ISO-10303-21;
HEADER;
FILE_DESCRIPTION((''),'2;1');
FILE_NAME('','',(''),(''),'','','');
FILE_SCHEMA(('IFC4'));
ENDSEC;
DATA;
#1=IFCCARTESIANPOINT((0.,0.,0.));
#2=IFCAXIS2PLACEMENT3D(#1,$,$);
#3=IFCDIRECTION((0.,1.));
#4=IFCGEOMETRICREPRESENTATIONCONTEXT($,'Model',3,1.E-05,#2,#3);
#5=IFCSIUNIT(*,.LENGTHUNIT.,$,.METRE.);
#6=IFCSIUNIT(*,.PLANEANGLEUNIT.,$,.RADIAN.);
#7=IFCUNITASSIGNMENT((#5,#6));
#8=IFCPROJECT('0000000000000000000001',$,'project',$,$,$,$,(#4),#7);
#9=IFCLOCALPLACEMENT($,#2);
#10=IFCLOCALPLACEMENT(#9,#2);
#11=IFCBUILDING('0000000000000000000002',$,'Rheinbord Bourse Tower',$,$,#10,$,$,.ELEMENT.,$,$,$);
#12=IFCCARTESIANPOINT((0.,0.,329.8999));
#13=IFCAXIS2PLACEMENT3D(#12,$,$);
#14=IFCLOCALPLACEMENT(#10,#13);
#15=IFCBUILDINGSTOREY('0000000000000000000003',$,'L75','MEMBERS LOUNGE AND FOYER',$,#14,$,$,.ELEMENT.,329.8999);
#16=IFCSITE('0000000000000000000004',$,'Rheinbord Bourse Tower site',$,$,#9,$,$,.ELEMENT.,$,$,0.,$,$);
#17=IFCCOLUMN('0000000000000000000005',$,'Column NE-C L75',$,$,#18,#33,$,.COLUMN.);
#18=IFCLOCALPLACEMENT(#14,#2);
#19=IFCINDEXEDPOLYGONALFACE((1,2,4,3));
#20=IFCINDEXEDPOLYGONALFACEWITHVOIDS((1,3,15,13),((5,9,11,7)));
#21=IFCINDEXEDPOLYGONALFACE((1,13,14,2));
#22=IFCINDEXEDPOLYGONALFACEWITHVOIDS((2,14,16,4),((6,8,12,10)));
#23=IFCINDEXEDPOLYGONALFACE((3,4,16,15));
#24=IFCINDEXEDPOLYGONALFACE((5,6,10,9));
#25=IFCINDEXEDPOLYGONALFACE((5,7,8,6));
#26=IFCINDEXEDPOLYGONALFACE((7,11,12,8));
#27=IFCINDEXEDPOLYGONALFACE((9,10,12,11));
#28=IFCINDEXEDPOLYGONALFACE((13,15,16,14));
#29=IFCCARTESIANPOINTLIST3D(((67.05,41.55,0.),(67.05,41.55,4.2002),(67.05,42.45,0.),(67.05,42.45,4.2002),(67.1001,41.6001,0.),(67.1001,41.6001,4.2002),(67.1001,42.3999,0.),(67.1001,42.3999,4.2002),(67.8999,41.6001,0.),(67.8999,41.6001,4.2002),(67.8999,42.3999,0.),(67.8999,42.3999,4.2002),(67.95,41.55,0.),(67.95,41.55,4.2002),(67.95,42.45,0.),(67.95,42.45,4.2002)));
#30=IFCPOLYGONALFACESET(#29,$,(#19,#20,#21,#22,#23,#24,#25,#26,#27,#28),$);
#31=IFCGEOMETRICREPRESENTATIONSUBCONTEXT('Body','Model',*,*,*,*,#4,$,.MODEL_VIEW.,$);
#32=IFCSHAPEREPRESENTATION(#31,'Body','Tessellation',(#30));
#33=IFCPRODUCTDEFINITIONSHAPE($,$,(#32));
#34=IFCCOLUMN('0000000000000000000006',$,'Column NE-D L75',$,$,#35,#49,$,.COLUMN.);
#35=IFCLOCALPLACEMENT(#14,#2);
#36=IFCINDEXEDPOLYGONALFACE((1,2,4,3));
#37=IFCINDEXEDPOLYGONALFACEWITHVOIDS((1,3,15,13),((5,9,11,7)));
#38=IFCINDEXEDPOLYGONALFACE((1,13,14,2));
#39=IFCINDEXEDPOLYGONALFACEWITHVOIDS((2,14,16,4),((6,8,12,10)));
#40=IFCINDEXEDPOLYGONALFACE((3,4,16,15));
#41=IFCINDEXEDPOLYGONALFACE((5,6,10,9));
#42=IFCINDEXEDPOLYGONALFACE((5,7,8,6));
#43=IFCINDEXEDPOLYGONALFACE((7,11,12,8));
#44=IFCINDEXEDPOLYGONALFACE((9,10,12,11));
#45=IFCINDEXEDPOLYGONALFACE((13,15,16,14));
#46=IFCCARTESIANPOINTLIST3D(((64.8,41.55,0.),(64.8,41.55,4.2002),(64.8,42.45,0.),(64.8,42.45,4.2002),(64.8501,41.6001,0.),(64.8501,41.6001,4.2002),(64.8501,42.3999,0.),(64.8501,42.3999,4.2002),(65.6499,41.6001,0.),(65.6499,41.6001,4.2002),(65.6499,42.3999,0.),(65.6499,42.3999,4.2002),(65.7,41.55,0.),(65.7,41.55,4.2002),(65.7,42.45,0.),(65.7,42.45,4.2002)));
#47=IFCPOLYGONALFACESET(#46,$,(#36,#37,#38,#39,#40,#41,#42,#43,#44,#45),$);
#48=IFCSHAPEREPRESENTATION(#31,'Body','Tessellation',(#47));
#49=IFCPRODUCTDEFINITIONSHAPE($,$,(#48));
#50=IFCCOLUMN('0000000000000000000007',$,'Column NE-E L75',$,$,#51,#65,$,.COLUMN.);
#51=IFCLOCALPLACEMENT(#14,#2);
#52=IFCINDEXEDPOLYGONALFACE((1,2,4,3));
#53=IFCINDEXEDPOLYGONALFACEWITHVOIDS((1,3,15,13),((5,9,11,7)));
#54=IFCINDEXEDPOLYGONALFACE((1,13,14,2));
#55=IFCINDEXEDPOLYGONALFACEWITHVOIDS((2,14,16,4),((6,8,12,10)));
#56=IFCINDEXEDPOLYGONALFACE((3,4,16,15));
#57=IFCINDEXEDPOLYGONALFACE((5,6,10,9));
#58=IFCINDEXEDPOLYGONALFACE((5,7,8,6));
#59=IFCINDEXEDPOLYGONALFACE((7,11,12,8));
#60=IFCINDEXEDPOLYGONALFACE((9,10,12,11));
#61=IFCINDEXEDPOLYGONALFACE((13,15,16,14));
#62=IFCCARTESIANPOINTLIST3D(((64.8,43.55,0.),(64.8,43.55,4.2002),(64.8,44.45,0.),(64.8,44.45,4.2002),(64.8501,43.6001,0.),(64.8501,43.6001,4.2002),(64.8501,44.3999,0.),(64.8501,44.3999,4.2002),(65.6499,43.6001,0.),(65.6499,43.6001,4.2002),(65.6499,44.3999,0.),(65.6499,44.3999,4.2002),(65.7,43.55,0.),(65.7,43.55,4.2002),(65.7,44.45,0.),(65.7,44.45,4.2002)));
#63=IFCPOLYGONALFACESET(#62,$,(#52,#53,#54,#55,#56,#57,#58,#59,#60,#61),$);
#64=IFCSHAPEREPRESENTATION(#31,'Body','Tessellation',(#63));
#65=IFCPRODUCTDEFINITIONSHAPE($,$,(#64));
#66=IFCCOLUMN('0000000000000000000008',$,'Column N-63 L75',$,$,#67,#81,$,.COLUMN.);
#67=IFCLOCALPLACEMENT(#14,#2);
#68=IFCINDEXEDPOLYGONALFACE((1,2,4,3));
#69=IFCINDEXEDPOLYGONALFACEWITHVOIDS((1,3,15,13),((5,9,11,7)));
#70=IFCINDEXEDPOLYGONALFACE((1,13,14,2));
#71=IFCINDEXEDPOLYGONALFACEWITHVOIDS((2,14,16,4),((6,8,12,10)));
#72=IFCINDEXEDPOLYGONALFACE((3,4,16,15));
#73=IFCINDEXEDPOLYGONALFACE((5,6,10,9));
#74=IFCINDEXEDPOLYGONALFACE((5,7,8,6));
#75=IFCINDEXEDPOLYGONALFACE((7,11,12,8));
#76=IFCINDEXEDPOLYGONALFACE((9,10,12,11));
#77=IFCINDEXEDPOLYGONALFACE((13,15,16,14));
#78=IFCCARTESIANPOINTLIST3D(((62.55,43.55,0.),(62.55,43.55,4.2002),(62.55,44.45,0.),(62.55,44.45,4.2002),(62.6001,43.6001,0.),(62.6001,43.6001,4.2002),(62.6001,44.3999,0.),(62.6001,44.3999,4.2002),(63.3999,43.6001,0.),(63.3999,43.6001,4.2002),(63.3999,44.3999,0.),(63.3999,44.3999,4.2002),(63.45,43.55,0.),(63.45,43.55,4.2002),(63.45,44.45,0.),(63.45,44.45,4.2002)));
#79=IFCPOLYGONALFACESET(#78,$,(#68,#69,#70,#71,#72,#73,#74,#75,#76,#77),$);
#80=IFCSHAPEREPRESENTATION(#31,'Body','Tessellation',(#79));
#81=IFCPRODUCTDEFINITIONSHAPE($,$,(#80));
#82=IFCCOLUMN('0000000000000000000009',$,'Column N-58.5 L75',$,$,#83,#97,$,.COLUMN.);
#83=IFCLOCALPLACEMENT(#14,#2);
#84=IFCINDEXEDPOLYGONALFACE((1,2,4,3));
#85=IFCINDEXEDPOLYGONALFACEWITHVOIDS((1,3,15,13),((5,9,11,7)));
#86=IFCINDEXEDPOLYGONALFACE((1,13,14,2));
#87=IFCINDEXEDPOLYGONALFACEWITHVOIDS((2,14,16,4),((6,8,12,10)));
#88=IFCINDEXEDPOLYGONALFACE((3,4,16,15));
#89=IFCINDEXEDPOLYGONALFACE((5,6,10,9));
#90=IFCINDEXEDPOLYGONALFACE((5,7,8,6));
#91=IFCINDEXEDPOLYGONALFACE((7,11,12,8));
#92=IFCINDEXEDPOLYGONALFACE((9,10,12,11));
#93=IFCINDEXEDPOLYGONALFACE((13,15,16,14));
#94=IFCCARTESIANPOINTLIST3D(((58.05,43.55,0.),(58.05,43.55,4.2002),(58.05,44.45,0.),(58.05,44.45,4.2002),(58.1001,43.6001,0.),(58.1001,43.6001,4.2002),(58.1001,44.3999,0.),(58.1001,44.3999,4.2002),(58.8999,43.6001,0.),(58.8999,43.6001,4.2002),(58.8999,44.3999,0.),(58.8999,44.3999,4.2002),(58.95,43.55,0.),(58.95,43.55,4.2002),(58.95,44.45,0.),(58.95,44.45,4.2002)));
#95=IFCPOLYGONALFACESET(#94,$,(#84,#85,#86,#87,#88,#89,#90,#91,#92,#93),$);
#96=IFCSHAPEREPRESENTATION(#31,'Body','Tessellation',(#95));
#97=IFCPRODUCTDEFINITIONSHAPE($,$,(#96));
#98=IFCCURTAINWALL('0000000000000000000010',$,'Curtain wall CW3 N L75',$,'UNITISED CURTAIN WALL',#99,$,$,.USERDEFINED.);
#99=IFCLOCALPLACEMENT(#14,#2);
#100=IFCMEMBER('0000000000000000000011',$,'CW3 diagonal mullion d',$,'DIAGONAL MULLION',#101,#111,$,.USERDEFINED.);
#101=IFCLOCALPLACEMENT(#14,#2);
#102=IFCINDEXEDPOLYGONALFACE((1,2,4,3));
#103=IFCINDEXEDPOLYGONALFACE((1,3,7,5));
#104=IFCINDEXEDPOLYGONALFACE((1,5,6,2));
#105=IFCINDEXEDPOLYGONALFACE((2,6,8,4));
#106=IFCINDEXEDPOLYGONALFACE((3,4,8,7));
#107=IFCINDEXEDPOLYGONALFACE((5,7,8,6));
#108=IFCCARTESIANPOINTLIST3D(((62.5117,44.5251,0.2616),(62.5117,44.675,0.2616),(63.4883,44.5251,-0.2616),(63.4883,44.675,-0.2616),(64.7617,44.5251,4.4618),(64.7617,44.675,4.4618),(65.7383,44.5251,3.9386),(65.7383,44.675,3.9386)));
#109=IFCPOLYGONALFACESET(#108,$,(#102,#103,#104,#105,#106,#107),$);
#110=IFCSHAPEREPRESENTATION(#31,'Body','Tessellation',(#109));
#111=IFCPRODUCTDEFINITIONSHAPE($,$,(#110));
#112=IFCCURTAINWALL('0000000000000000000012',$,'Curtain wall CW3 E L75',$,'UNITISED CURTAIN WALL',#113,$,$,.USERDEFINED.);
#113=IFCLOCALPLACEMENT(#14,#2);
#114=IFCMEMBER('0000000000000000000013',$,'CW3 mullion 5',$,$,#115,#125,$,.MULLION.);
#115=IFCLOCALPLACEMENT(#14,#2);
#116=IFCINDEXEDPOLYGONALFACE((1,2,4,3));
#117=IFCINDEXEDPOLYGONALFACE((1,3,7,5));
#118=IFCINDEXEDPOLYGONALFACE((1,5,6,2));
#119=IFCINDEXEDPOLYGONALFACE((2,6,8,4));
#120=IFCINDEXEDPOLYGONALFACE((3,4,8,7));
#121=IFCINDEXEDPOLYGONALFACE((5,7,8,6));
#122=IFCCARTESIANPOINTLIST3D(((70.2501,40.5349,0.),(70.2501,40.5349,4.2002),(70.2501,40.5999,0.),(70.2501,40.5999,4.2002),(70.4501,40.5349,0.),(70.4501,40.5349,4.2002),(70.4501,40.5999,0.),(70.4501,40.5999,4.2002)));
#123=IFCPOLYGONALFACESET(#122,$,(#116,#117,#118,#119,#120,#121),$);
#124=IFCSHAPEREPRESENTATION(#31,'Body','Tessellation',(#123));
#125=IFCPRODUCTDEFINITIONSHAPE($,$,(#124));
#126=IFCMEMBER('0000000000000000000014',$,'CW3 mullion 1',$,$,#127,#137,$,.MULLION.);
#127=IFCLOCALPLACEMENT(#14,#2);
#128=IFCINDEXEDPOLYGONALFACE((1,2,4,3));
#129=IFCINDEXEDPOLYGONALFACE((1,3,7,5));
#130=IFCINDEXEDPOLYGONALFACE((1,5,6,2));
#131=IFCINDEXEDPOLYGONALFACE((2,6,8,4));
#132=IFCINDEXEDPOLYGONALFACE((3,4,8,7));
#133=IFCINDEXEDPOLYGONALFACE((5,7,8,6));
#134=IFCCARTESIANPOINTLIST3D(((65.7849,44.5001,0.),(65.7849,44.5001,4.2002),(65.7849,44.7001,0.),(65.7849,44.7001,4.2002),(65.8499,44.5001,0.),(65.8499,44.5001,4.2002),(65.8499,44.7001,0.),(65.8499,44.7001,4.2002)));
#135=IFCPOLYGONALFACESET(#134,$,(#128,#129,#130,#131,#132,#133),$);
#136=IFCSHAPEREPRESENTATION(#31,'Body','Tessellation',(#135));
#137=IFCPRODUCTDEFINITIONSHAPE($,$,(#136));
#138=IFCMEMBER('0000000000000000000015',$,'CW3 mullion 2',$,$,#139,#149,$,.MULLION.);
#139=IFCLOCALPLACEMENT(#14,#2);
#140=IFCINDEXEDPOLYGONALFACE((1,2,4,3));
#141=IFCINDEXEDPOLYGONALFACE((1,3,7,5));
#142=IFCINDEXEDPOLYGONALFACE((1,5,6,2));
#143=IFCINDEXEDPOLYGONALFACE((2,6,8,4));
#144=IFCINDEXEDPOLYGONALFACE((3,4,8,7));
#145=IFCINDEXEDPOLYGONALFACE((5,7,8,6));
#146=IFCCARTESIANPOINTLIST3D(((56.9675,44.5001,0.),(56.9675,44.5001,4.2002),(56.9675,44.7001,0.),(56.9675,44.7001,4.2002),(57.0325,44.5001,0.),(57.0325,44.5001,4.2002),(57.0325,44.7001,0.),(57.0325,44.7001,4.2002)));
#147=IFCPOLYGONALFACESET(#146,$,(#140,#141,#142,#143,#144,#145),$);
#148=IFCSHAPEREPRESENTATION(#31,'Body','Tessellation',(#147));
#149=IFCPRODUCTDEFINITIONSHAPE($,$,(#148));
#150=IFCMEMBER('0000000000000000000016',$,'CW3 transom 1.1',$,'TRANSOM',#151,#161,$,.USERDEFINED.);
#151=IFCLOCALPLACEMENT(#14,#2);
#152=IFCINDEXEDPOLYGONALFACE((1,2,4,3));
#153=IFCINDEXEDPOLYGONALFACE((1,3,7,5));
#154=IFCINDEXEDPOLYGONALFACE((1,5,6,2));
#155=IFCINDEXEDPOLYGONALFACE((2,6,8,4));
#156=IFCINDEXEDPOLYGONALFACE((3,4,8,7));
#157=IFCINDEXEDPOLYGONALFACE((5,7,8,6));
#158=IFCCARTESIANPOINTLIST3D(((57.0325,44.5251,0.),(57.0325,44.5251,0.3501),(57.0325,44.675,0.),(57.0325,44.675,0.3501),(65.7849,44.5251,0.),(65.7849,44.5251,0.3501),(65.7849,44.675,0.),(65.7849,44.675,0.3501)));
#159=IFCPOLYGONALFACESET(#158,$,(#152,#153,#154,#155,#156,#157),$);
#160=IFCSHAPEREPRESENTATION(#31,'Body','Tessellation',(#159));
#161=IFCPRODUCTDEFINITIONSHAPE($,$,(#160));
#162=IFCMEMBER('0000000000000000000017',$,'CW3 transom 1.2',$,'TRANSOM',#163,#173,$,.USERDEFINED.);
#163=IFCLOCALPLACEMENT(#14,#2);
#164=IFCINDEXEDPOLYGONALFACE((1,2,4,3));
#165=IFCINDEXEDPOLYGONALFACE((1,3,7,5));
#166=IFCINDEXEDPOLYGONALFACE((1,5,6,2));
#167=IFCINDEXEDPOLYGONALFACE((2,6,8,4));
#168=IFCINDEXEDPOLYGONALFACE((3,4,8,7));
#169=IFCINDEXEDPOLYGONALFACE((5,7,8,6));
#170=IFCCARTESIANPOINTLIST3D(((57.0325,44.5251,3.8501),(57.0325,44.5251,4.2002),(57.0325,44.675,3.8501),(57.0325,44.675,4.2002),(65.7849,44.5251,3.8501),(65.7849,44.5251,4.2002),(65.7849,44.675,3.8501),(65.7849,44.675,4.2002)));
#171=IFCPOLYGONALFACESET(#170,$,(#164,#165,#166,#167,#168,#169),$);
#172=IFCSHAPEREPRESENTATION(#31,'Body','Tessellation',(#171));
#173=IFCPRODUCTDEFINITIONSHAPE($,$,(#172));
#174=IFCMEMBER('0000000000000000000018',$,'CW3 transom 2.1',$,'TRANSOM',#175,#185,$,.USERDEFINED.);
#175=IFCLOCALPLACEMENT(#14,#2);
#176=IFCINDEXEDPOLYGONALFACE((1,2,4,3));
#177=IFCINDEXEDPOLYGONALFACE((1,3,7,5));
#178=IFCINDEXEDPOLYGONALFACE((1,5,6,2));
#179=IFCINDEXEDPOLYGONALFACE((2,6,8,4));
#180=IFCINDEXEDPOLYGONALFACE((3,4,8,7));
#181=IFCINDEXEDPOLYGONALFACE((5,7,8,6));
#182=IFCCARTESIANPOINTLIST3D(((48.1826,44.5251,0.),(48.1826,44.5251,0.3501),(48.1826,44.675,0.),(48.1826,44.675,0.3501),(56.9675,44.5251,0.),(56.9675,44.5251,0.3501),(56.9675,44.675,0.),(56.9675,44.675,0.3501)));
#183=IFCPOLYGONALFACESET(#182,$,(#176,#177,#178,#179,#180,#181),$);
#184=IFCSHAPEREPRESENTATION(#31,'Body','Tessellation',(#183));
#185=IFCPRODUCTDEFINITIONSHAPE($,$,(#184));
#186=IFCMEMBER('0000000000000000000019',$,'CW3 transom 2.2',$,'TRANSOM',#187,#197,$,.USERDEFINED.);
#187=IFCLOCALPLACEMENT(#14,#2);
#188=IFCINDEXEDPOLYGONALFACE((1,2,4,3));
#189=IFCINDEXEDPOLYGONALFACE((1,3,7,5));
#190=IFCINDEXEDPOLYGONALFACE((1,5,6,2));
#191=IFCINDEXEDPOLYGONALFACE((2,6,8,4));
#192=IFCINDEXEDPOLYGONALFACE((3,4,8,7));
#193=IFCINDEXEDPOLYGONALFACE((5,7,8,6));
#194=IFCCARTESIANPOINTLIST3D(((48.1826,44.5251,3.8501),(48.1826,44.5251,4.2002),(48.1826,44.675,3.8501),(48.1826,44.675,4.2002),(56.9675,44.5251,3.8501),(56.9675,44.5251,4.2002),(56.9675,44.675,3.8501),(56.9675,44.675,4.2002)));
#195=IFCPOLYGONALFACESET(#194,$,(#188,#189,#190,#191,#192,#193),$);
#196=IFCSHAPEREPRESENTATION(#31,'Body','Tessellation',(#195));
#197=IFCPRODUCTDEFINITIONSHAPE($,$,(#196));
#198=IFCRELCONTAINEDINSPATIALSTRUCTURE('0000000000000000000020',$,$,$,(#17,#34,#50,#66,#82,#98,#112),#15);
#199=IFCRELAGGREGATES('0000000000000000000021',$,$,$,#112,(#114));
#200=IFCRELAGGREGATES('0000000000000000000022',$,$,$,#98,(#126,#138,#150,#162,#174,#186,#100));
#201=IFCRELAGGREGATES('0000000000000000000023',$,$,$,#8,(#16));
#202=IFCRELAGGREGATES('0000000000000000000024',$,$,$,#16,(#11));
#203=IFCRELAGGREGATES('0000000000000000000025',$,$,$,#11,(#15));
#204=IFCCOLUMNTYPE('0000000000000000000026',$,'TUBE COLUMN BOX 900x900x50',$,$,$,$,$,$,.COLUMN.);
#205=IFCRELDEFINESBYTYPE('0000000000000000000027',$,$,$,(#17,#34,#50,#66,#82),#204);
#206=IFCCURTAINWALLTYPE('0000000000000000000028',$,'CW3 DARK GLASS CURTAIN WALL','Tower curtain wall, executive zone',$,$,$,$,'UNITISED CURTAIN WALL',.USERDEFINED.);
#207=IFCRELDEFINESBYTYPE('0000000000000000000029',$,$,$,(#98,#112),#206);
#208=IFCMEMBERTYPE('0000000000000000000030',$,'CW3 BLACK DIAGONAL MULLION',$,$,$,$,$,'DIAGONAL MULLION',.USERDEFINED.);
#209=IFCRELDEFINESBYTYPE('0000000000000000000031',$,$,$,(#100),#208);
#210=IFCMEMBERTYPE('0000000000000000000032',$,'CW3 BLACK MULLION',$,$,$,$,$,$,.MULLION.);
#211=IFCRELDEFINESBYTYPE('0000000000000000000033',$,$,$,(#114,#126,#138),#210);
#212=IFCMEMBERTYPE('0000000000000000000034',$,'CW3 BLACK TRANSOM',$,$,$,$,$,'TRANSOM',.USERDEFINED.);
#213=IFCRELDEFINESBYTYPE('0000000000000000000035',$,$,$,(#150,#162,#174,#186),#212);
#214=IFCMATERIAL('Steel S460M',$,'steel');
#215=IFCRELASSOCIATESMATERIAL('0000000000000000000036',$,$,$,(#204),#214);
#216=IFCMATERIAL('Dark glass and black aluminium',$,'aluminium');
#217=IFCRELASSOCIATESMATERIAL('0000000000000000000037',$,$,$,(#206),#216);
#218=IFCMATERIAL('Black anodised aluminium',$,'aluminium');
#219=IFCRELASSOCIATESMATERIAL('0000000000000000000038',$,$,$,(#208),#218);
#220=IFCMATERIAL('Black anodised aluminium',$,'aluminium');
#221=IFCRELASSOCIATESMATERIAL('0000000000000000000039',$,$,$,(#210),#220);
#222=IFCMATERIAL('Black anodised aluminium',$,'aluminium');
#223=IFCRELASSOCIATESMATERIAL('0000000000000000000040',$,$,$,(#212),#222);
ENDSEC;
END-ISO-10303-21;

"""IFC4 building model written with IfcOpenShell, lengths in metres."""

from ifc_helpers import new_model, si_unit, direction, frame, origin, origin_2d, place, context, subcontext, project, spatial, rectangle, hollow_rectangle, extrude, material, material_profile, profile_set, type_object, element, aggregate, save


model = new_model("IFC4")

# Units and contexts
model_context = context("Model", 3, precision=1e-05, world=origin(), true_north=direction((0.0, 1.0)))
body_context = subcontext(model_context, "Body", "Model", "MODEL_VIEW")
ifc_project = project(units=[si_unit("LENGTHUNIT", "METRE"), si_unit("PLANEANGLEUNIT", "RADIAN")], contexts=[model_context])

# Site, building, storey
site_placement = place(None, origin())
site = spatial("IfcSite", under=ifc_project, at=site_placement, Name="Rheinbord Bourse Tower site", CompositionType="ELEMENT", RefElevation=0.0)
building_placement = place(site_placement, origin())
building = spatial("IfcBuilding", under=site, at=building_placement, Name="Rheinbord Bourse Tower", CompositionType="ELEMENT")
storey_placement = place(building_placement, frame((0.0, 0.0, 329.8999)))
storey = spatial("IfcBuildingStorey", under=building, at=storey_placement, Name="L75", Description="MEMBERS LOUNGE AND FOYER", CompositionType="ELEMENT", Elevation=329.8999)

# Columns
ifc_material_1 = material(Name="Steel S460M", Category="steel")
ifc_material_profile_1 = material_profile(ifc_material_1, hollow_rectangle(XDim=0.8999, YDim=0.8999, WallThickness=0.05, at=origin_2d()), Name="BOX 900x900x50")
ifc_profile_set_1 = profile_set([ifc_material_profile_1], Name="Steel S460M")
column_type = type_object("IfcColumnType", Name="TUBE COLUMN BOX 900x900x50", PredefinedType="COLUMN", material=ifc_profile_set_1)
for number, where, z_axis, x_axis, name in (
    (1, (67.5, 42.0, 0.0), (0.0, 0.0, 1.0), (1.0, 0.0, 0.0), "Column NE-C L75"),
    (2, (65.25, 42.0, 0.0), (0.0, 0.0, 1.0), (0.0, 1.0, 0.0), "Column NE-D L75"),
    (3, (65.25, 44.0, 0.0), (0.0, 0.0, 1.0), (0.0, 1.0, 0.0), "Column NE-E L75"),
    (4, (63.0, 44.0, 0.0), (0.0, 0.0, 1.0), (0.0, 1.0, 0.0), "Column N-63 L75"),
    (5, (58.5, 44.0, 0.0), (0.0, 0.0, 1.0), (0.0, 1.0, 0.0), "Column N-58.5 L75"),
):
    element("IfcColumn", number, at=place(storey_placement, frame(where, z_axis=z_axis, x_axis=x_axis)), inside=storey, type_object=column_type, Name=name, PredefinedType="COLUMN", context=body_context, shape_type="SweptSolid", body=[
        extrude(hollow_rectangle(XDim=0.8999, YDim=0.8999, WallThickness=0.05, at=origin_2d()), origin(), (0.0, 0.0, 1.0), 4.2002),
    ])

# Curtain walls, members
ifc_material_2 = material(Name="Dark glass and black aluminium", Category="aluminium")
curtain_wall_type = type_object("IfcCurtainWallType", Name="CW3 DARK GLASS CURTAIN WALL", Description="Tower curtain wall, executive zone", ElementType="UNITISED CURTAIN WALL", PredefinedType="USERDEFINED", material=ifc_material_2)
curtain_wall_1_placement = place(storey_placement, origin())
curtain_wall_1 = element("IfcCurtainWall", 6, at=curtain_wall_1_placement, inside=storey, type_object=curtain_wall_type, Name="Curtain wall CW3 N L75", ObjectType="UNITISED CURTAIN WALL", PredefinedType="USERDEFINED")
ifc_material_3 = material(Name="Black anodised aluminium", Category="aluminium")
ifc_material_profile_2 = material_profile(ifc_material_3, rectangle(XDim=0.1499, YDim=1.1079, at=origin_2d()), Name="CW3 DIAGONAL MULLION 1108x150")
ifc_profile_set_2 = profile_set([ifc_material_profile_2], Name="Black anodised aluminium")
member_type_1 = type_object("IfcMemberType", Name="CW3 BLACK DIAGONAL MULLION", ElementType="DIAGONAL MULLION", PredefinedType="USERDEFINED", material=ifc_profile_set_2)
member_1_placement = place(storey_placement, frame((63.0, 44.6001, 0.0), z_axis=(0.472204, 0.0, 0.881489), x_axis=(0.0, 1.0, 0.0)))
member_1 = element("IfcMember", 7, at=member_1_placement, type_object=member_type_1, Name="CW3 diagonal mullion d", ObjectType="DIAGONAL MULLION", PredefinedType="USERDEFINED", context=body_context, shape_type="SweptSolid", body=[
    extrude(rectangle(XDim=0.1499, YDim=1.1079, at=origin_2d()), origin(), (0.0, 0.0, 1.0), 4.7649),
])
curtain_wall_2_placement = place(storey_placement, origin())
curtain_wall_2 = element("IfcCurtainWall", 8, at=curtain_wall_2_placement, inside=storey, type_object=curtain_wall_type, Name="Curtain wall CW3 E L75", ObjectType="UNITISED CURTAIN WALL", PredefinedType="USERDEFINED")
ifc_material_4 = material(Name="Black anodised aluminium", Category="aluminium")
ifc_material_profile_3 = material_profile(ifc_material_4, rectangle(XDim=0.2, YDim=0.0649, at=origin_2d()), Name="CW3 MULLION 65x200")
ifc_profile_set_3 = profile_set([ifc_material_profile_3], Name="Black anodised aluminium")
member_type_2 = type_object("IfcMemberType", Name="CW3 BLACK MULLION", PredefinedType="MULLION", material=ifc_profile_set_3)
member_2_placement = place(storey_placement, frame((70.3501, 40.5674, 0.0), z_axis=(0.0, 0.0, 1.0), x_axis=(-1.0, 0.0, 0.0)))
member_2 = element("IfcMember", 9, at=member_2_placement, type_object=member_type_2, Name="CW3 mullion 5", PredefinedType="MULLION", context=body_context, shape_type="SweptSolid", body=[
    extrude(rectangle(XDim=0.2, YDim=0.0649, at=origin_2d()), origin(), (0.0, 0.0, 1.0), 4.2002),
])

# Members
member_3_placement = place(storey_placement, frame((65.8174, 44.6001, 0.0), z_axis=(0.0, 0.0, 1.0), x_axis=(0.0, -1.0, 0.0)))
member_3 = element("IfcMember", 10, at=member_3_placement, type_object=member_type_2, Name="CW3 mullion 1", PredefinedType="MULLION", context=body_context, shape_type="SweptSolid", body=[
    extrude(rectangle(XDim=0.2, YDim=0.0649, at=origin_2d()), origin(), (0.0, 0.0, 1.0), 4.2002),
])
member_4_placement = place(storey_placement, frame((57.0, 44.6001, 0.0), z_axis=(0.0, 0.0, 1.0), x_axis=(0.0, -1.0, 0.0)))
member_4 = element("IfcMember", 11, at=member_4_placement, type_object=member_type_2, Name="CW3 mullion 2", PredefinedType="MULLION", context=body_context, shape_type="SweptSolid", body=[
    extrude(rectangle(XDim=0.2, YDim=0.0649, at=origin_2d()), origin(), (0.0, 0.0, 1.0), 4.2002),
])
ifc_material_5 = material(Name="Black anodised aluminium", Category="aluminium")
ifc_material_profile_4 = material_profile(ifc_material_5, rectangle(XDim=0.1499, YDim=0.3501, at=origin_2d()), Name="CW3 TRANSOM 350x150")
ifc_profile_set_4 = profile_set([ifc_material_profile_4], Name="Black anodised aluminium")
member_type_3 = type_object("IfcMemberType", Name="CW3 BLACK TRANSOM", ElementType="TRANSOM", PredefinedType="USERDEFINED", material=ifc_profile_set_4)
member_5_placement = place(storey_placement, frame((65.7849, 44.6001, 0.175), z_axis=(-1.0, 0.0, 0.0), x_axis=(0.0, -1.0, 0.0)))
member_5 = element("IfcMember", 12, at=member_5_placement, type_object=member_type_3, Name="CW3 transom 1.1", ObjectType="TRANSOM", PredefinedType="USERDEFINED", context=body_context, shape_type="SweptSolid", body=[
    extrude(rectangle(XDim=0.1499, YDim=0.3501, at=origin_2d()), origin(), (0.0, 0.0, 1.0), 8.7524),
])
member_6_placement = place(storey_placement, frame((65.7849, 44.6001, 4.0251), z_axis=(-1.0, 0.0, 0.0), x_axis=(0.0, -1.0, 0.0)))
member_6 = element("IfcMember", 13, at=member_6_placement, type_object=member_type_3, Name="CW3 transom 1.2", ObjectType="TRANSOM", PredefinedType="USERDEFINED", context=body_context, shape_type="SweptSolid", body=[
    extrude(rectangle(XDim=0.1499, YDim=0.3501, at=origin_2d()), origin(), (0.0, 0.0, 1.0), 8.7524),
])
member_7_placement = place(storey_placement, frame((56.9675, 44.6001, 0.175), z_axis=(-1.0, 0.0, 0.0), x_axis=(0.0, -1.0, 0.0)))
member_7 = element("IfcMember", 14, at=member_7_placement, type_object=member_type_3, Name="CW3 transom 2.1", ObjectType="TRANSOM", PredefinedType="USERDEFINED", context=body_context, shape_type="SweptSolid", body=[
    extrude(rectangle(XDim=0.1499, YDim=0.3501, at=origin_2d()), origin(), (0.0, 0.0, 1.0), 8.7849),
])
member_8_placement = place(storey_placement, frame((56.9675, 44.6001, 4.0251), z_axis=(-1.0, 0.0, 0.0), x_axis=(0.0, -1.0, 0.0)))
member_8 = element("IfcMember", 15, at=member_8_placement, type_object=member_type_3, Name="CW3 transom 2.2", ObjectType="TRANSOM", PredefinedType="USERDEFINED", context=body_context, shape_type="SweptSolid", body=[
    extrude(rectangle(XDim=0.1499, YDim=0.3501, at=origin_2d()), origin(), (0.0, 0.0, 1.0), 8.7849),
])

aggregate(curtain_wall_2, [member_2])
aggregate(curtain_wall_1, [member_3, member_4, member_5, member_6, member_7, member_8, member_1])

save(model, "model.ifc")
